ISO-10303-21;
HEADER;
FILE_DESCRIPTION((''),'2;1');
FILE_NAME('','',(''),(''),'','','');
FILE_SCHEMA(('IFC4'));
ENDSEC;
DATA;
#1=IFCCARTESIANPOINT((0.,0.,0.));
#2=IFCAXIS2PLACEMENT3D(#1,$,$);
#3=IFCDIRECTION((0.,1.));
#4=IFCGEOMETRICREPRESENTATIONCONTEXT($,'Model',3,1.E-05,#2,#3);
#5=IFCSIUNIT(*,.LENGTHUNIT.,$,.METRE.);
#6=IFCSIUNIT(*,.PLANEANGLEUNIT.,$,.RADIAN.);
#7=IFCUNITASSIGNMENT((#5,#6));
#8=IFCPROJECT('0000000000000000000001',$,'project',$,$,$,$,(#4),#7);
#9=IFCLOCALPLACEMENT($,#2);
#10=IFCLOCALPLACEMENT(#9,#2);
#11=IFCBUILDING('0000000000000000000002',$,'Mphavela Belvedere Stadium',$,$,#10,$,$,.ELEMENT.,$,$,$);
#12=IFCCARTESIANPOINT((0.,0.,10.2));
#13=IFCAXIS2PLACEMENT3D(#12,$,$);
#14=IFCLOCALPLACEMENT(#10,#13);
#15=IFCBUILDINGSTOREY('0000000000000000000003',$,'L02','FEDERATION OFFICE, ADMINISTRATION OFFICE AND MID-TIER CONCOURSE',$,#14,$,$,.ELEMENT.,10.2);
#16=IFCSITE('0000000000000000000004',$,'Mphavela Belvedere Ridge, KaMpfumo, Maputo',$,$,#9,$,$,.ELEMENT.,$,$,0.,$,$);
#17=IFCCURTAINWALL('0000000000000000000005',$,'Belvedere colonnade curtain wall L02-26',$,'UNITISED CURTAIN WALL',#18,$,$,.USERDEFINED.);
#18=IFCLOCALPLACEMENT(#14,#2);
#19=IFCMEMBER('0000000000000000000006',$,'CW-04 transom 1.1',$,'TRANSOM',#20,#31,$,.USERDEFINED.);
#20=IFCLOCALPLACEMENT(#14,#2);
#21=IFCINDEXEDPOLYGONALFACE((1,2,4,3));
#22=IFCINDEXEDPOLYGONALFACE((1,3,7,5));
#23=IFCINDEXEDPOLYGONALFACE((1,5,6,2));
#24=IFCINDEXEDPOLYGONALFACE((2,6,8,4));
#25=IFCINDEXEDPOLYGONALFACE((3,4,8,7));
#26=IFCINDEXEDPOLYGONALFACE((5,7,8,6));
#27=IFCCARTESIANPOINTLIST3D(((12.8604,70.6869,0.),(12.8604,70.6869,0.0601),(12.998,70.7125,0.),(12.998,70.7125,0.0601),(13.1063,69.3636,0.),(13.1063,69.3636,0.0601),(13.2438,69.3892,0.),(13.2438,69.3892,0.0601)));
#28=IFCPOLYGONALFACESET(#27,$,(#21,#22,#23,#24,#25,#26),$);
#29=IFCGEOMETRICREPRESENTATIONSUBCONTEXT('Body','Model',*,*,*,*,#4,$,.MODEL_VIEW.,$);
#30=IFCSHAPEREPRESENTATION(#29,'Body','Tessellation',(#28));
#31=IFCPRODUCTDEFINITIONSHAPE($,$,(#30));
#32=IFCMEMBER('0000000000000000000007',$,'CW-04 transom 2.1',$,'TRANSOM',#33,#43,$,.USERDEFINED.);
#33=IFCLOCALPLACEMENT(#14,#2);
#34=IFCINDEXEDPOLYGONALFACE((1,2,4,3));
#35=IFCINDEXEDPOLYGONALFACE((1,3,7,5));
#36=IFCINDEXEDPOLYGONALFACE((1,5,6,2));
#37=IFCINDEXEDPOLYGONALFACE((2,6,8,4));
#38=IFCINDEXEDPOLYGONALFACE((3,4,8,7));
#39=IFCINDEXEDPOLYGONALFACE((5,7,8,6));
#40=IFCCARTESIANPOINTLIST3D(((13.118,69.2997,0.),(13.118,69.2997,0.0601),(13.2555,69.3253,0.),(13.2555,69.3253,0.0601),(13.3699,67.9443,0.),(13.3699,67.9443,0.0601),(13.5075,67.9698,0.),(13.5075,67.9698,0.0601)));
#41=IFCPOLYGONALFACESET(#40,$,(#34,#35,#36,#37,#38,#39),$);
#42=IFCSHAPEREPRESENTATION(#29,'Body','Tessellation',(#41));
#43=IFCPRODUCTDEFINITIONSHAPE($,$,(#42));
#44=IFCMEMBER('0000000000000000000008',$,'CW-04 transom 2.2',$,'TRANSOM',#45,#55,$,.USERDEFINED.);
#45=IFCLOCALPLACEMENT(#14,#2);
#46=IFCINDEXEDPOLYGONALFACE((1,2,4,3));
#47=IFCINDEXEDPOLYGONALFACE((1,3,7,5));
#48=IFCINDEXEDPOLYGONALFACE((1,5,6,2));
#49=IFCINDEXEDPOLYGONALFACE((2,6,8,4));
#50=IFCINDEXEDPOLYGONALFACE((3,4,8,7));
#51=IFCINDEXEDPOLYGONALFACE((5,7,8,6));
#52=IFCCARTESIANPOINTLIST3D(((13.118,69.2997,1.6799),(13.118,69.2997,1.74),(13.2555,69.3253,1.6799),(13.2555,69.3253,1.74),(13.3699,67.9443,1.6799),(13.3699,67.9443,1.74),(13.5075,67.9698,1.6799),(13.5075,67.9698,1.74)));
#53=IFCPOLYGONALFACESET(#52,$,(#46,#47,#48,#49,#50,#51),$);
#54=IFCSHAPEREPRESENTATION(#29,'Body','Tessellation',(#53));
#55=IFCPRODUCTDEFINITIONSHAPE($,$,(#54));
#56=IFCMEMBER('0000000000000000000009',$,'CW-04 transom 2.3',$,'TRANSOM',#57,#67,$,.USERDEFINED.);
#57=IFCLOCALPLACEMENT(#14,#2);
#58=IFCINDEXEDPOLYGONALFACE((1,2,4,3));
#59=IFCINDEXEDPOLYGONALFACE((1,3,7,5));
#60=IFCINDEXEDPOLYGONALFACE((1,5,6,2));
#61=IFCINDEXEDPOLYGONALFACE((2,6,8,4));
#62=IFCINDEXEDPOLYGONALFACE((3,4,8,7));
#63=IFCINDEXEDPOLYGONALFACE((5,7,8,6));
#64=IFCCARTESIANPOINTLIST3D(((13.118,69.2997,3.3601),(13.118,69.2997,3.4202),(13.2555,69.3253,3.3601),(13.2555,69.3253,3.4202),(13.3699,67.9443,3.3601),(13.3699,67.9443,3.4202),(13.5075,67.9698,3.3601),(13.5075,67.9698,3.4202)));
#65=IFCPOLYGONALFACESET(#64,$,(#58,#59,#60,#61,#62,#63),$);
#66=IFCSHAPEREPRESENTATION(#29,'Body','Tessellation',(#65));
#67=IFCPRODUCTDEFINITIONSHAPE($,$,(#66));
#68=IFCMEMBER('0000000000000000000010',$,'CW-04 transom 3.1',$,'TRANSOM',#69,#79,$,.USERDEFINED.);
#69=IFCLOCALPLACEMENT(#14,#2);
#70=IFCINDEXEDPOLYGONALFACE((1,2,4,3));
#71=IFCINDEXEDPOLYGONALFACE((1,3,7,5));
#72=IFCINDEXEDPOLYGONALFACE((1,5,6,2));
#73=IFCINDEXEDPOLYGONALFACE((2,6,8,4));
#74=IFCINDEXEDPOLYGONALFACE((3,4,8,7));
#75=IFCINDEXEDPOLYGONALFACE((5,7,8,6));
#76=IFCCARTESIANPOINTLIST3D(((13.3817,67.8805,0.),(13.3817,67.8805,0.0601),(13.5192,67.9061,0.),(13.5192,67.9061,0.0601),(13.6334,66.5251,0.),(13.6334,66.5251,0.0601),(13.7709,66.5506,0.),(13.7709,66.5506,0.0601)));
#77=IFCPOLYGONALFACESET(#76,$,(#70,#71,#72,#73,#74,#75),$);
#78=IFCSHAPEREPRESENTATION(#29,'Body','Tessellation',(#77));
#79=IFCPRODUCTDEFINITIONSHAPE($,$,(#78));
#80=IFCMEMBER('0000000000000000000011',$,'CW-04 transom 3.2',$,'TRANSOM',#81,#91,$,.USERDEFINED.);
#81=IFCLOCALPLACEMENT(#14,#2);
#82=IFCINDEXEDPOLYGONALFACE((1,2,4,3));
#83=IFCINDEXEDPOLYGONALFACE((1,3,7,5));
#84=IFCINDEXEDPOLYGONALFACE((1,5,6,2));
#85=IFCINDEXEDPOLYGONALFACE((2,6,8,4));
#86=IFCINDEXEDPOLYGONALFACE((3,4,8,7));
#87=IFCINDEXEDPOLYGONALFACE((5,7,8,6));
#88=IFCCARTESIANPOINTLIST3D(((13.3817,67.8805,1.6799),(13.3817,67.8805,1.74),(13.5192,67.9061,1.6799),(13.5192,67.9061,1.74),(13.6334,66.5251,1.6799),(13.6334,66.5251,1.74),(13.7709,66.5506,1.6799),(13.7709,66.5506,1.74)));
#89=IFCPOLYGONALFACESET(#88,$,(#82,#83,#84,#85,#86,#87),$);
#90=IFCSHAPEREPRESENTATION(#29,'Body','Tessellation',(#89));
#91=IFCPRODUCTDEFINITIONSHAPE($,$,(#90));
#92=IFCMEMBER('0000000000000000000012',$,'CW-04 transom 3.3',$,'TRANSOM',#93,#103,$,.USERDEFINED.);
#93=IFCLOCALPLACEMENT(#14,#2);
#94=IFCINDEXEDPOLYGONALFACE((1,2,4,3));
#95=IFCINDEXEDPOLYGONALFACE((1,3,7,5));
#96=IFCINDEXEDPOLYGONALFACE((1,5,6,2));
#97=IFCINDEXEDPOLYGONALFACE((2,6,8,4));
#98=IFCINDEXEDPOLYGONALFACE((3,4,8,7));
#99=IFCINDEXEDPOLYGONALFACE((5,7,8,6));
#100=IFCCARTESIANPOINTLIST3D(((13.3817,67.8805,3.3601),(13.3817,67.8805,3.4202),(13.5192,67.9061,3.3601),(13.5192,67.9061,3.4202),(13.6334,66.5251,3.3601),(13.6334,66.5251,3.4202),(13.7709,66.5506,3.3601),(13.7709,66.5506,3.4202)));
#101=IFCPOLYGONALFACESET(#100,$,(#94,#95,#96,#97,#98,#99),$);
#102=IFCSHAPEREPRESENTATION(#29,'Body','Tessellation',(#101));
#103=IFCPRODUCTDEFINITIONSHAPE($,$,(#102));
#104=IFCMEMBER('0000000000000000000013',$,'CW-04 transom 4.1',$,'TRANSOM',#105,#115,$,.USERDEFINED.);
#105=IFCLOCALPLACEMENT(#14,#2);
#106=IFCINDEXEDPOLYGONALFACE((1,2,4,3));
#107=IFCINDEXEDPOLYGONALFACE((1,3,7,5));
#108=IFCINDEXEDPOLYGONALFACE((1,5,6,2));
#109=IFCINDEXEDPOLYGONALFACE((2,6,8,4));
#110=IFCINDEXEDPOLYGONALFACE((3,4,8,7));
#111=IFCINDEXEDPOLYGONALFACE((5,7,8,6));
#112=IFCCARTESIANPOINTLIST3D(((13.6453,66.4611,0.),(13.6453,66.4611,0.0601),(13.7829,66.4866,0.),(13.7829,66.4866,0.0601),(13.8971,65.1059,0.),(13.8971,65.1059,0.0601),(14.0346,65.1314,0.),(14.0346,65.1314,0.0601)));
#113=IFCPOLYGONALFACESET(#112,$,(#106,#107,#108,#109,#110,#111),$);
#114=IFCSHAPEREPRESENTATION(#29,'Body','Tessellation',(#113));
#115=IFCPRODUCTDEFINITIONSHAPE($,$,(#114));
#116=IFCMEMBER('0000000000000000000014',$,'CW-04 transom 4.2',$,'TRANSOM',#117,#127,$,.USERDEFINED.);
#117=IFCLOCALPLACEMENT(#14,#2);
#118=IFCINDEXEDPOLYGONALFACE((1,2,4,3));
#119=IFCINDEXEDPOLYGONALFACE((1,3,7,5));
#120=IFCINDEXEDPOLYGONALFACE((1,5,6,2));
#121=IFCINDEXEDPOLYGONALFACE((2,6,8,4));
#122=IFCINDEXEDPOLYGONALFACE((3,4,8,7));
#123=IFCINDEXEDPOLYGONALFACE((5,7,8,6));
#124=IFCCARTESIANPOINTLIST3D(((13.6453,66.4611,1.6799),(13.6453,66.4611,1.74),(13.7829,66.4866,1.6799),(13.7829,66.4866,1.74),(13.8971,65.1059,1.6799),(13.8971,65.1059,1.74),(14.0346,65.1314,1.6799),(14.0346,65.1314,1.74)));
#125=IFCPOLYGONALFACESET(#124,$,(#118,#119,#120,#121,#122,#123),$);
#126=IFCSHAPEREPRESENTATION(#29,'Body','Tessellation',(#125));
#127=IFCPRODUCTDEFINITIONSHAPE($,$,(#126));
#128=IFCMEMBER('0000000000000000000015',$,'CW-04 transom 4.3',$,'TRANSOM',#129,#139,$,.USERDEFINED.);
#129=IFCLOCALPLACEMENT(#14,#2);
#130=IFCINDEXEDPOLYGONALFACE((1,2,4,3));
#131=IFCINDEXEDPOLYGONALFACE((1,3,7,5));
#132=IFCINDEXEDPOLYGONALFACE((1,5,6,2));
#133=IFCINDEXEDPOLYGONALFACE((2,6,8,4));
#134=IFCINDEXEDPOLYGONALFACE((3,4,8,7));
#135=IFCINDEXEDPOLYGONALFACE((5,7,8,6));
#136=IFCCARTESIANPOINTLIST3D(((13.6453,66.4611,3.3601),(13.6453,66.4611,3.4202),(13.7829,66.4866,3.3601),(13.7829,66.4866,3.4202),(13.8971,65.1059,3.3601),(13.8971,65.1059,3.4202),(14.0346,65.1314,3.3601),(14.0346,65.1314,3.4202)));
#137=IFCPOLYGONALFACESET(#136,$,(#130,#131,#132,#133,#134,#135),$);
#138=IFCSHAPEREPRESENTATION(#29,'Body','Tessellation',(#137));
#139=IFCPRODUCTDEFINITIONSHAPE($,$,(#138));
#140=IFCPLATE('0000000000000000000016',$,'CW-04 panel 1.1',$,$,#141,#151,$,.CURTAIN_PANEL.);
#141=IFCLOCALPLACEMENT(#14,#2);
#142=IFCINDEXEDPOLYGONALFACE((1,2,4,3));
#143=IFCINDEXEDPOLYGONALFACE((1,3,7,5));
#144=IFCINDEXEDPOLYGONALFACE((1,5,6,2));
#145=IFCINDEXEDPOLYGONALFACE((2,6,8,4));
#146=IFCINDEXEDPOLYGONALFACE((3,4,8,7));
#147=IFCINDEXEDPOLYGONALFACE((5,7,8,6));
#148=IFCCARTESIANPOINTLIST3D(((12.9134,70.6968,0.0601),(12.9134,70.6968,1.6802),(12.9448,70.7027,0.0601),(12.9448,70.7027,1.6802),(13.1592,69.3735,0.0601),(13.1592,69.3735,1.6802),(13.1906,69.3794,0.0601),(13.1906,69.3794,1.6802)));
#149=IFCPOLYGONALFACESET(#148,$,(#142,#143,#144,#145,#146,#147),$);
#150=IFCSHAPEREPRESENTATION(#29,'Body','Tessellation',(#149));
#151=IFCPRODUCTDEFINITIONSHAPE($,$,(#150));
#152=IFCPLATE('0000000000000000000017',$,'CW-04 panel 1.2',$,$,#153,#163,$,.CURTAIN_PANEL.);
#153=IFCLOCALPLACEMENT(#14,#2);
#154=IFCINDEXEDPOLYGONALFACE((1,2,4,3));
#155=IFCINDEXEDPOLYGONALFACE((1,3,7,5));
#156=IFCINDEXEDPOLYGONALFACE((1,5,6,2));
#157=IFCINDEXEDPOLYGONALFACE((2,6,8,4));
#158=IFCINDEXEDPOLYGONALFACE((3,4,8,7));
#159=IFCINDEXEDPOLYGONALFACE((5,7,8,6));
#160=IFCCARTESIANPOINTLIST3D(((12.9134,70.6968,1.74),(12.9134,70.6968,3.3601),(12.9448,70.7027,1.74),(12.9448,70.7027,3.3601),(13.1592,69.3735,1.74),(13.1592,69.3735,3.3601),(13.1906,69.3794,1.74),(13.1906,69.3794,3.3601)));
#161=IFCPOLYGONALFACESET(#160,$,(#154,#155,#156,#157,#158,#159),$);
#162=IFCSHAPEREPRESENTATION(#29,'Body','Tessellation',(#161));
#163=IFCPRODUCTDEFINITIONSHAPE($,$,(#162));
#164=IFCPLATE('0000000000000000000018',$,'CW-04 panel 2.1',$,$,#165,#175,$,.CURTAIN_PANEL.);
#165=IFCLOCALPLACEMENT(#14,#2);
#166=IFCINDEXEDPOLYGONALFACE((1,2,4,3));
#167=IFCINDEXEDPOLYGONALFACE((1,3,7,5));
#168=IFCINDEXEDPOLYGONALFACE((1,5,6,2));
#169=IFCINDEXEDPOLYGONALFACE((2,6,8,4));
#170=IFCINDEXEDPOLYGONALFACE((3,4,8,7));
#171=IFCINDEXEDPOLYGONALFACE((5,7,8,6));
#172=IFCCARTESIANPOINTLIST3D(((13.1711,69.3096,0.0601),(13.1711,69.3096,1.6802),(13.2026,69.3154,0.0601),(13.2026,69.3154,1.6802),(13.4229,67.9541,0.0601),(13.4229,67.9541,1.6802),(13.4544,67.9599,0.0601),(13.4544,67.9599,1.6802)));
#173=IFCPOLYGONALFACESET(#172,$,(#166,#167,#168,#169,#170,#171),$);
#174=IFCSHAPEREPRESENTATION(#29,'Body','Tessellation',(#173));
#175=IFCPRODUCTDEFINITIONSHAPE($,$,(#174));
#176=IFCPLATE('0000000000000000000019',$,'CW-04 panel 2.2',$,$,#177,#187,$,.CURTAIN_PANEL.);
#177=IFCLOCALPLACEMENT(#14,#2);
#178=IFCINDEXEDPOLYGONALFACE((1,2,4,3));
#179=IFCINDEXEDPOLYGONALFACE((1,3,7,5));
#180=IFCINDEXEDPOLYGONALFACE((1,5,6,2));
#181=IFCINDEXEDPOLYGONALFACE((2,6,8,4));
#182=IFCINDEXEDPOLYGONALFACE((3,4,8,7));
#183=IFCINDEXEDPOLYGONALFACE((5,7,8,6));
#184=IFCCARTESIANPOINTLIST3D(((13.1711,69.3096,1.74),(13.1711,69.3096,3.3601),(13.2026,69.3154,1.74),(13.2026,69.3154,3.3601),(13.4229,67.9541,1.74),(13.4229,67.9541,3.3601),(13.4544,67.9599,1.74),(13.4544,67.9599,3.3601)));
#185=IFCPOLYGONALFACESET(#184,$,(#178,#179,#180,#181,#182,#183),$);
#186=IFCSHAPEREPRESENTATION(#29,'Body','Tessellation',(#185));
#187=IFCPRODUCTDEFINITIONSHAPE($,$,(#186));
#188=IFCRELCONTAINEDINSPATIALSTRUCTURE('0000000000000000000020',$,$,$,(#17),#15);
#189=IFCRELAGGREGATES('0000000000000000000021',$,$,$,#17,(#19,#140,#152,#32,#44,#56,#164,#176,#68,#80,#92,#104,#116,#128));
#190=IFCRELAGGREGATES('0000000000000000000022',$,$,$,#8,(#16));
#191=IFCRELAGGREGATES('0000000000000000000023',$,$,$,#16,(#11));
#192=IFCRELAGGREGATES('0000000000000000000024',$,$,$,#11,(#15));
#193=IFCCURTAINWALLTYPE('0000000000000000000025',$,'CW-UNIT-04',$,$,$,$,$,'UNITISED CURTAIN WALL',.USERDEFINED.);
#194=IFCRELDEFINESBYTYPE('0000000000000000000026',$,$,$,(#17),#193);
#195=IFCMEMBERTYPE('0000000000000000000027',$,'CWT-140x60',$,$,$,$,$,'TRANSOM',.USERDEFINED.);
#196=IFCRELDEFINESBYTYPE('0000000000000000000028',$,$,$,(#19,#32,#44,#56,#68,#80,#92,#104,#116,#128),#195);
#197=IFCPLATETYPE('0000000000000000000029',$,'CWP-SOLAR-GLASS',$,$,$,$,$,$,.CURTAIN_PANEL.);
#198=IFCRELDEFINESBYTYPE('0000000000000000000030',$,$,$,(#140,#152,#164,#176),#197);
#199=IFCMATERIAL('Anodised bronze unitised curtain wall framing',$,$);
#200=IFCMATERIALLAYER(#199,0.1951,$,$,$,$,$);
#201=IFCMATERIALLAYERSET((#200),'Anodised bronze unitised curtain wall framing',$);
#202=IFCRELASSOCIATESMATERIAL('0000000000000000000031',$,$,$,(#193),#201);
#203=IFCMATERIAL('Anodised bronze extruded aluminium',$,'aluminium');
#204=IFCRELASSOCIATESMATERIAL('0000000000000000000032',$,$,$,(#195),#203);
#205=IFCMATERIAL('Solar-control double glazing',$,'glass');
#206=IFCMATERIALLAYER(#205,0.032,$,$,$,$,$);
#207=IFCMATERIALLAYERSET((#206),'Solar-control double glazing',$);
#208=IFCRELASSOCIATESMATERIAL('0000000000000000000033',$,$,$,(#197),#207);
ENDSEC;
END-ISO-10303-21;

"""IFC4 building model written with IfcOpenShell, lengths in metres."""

from ifc_helpers import new_model, si_unit, direction, frame, origin, origin_2d, place, context, subcontext, project, spatial, rectangle, extrude, material, layer, layer_set, material_profile, profile_set, type_object, element, aggregate, save


model = new_model("IFC4")

# Units and contexts
model_context = context("Model", 3, precision=1e-05, world=origin(), true_north=direction((0.0, 1.0)))
body_context = subcontext(model_context, "Body", "Model", "MODEL_VIEW")
ifc_project = project(units=[si_unit("LENGTHUNIT", "METRE"), si_unit("PLANEANGLEUNIT", "RADIAN")], contexts=[model_context])

# Site, building, storey
site_placement = place(None, origin())
site = spatial("IfcSite", under=ifc_project, at=site_placement, Name="Mphavela Belvedere Ridge, KaMpfumo, Maputo", CompositionType="ELEMENT", RefElevation=0.0)
building_placement = place(site_placement, origin())
building = spatial("IfcBuilding", under=site, at=building_placement, Name="Mphavela Belvedere Stadium", CompositionType="ELEMENT")
storey_placement = place(building_placement, frame((0.0, 0.0, 10.2)))
storey = spatial("IfcBuildingStorey", under=building, at=storey_placement, Name="L02", Description="FEDERATION OFFICE, ADMINISTRATION OFFICE AND MID-TIER CONCOURSE", CompositionType="ELEMENT", Elevation=10.2)

# Curtain wall, members, plates
ifc_material_1 = material(Name="Anodised bronze unitised curtain wall framing")
ifc_layer_1 = layer(ifc_material_1, 0.1951)
ifc_layer_set_1 = layer_set([ifc_layer_1], Name="Anodised bronze unitised curtain wall framing")
curtain_wall_type = type_object("IfcCurtainWallType", Name="CW-UNIT-04", ElementType="UNITISED CURTAIN WALL", PredefinedType="USERDEFINED", material=ifc_layer_set_1)
curtain_wall_placement = place(storey_placement, origin())
curtain_wall = element("IfcCurtainWall", 1, at=curtain_wall_placement, inside=storey, type_object=curtain_wall_type, Name="Belvedere colonnade curtain wall L02-26", ObjectType="UNITISED CURTAIN WALL", PredefinedType="USERDEFINED")
ifc_material_2 = material(Name="Anodised bronze extruded aluminium", Category="aluminium")
ifc_material_profile_1 = material_profile(ifc_material_2, rectangle(XDim=0.1399, YDim=0.0601, at=origin_2d()), Name="CW-TRN 140x60")
ifc_profile_set_1 = profile_set([ifc_material_profile_1], Name="Anodised bronze extruded aluminium")
member_type_1 = type_object("IfcMemberType", Name="CWT-140x60", ElementType="TRANSOM", PredefinedType="USERDEFINED", material=ifc_profile_set_1)
member_1_placement = place(storey_placement, frame((12.9292, 70.6997, 0.03), z_axis=(0.182667, -0.983175, 0.0), x_axis=(0.983175, 0.182667, 0.0)))
member_1 = element("IfcMember", 2, at=member_1_placement, type_object=member_type_1, Name="CW-04 transom 1.1", ObjectType="TRANSOM", PredefinedType="USERDEFINED", context=body_context, shape_type="SweptSolid", body=[
    extrude(rectangle(XDim=0.1399, YDim=0.0601, at=origin_2d()), origin(), (0.0, 0.0, 1.0), 1.3459),
])
member_2_placement = place(storey_placement, frame((13.1868, 69.3125, 0.03), z_axis=(0.182749, -0.98316, 0.0), x_axis=(0.98316, 0.182749, 0.0)))
member_2 = element("IfcMember", 3, at=member_2_placement, type_object=member_type_1, Name="CW-04 transom 2.1", ObjectType="TRANSOM", PredefinedType="USERDEFINED", context=body_context, shape_type="SweptSolid", body=[
    extrude(rectangle(XDim=0.1399, YDim=0.0601, at=origin_2d()), origin(), (0.0, 0.0, 1.0), 1.3787),
])
member_3_placement = place(storey_placement, frame((13.1868, 69.3125, 1.71), z_axis=(0.182749, -0.98316, 0.0), x_axis=(0.98316, 0.182749, 0.0)))
member_3 = element("IfcMember", 4, at=member_3_placement, type_object=member_type_1, Name="CW-04 transom 2.2", ObjectType="TRANSOM", PredefinedType="USERDEFINED", context=body_context, shape_type="SweptSolid", body=[
    extrude(rectangle(XDim=0.1399, YDim=0.0601, at=origin_2d()), origin(), (0.0, 0.0, 1.0), 1.3787),
])
member_4_placement = place(storey_placement, frame((13.1868, 69.3125, 3.3901), z_axis=(0.182749, -0.98316, 0.0), x_axis=(0.98316, 0.182749, 0.0)))
member_4 = element("IfcMember", 5, at=member_4_placement, type_object=member_type_1, Name="CW-04 transom 2.3", ObjectType="TRANSOM", PredefinedType="USERDEFINED", context=body_context, shape_type="SweptSolid", body=[
    extrude(rectangle(XDim=0.1399, YDim=0.0601, at=origin_2d()), origin(), (0.0, 0.0, 1.0), 1.3787),
])
member_5_placement = place(storey_placement, frame((13.4504, 67.8933, 0.03), z_axis=(0.182578, -0.983191, 0.0), x_axis=(0.983191, 0.182578, 0.0)))
member_5 = element("IfcMember", 6, at=member_5_placement, type_object=member_type_1, Name="CW-04 transom 3.1", ObjectType="TRANSOM", PredefinedType="USERDEFINED", context=body_context, shape_type="SweptSolid", body=[
    extrude(rectangle(XDim=0.1399, YDim=0.0601, at=origin_2d()), origin(), (0.0, 0.0, 1.0), 1.3787),
])
member_6_placement = place(storey_placement, frame((13.4504, 67.8933, 1.71), z_axis=(0.182578, -0.983191, 0.0), x_axis=(0.983191, 0.182578, 0.0)))
member_6 = element("IfcMember", 7, at=member_6_placement, type_object=member_type_1, Name="CW-04 transom 3.2", ObjectType="TRANSOM", PredefinedType="USERDEFINED", context=body_context, shape_type="SweptSolid", body=[
    extrude(rectangle(XDim=0.1399, YDim=0.0601, at=origin_2d()), origin(), (0.0, 0.0, 1.0), 1.3787),
])
member_7_placement = place(storey_placement, frame((13.4504, 67.8933, 3.3901), z_axis=(0.182578, -0.983191, 0.0), x_axis=(0.983191, 0.182578, 0.0)))
member_7 = element("IfcMember", 8, at=member_7_placement, type_object=member_type_1, Name="CW-04 transom 3.3", ObjectType="TRANSOM", PredefinedType="USERDEFINED", context=body_context, shape_type="SweptSolid", body=[
    extrude(rectangle(XDim=0.1399, YDim=0.0601, at=origin_2d()), origin(), (0.0, 0.0, 1.0), 1.3787),
])
member_8_placement = place(storey_placement, frame((13.7141, 66.4739, 0.03), z_axis=(0.182609, -0.983186, 0.0), x_axis=(0.983186, 0.182609, 0.0)))
member_8 = element("IfcMember", 9, at=member_8_placement, type_object=member_type_1, Name="CW-04 transom 4.1", ObjectType="TRANSOM", PredefinedType="USERDEFINED", context=body_context, shape_type="SweptSolid", body=[
    extrude(rectangle(XDim=0.1399, YDim=0.0601, at=origin_2d()), origin(), (0.0, 0.0, 1.0), 1.3784),
])
member_9_placement = place(storey_placement, frame((13.7141, 66.4739, 1.71), z_axis=(0.182609, -0.983186, 0.0), x_axis=(0.983186, 0.182609, 0.0)))
member_9 = element("IfcMember", 10, at=member_9_placement, type_object=member_type_1, Name="CW-04 transom 4.2", ObjectType="TRANSOM", PredefinedType="USERDEFINED", context=body_context, shape_type="SweptSolid", body=[
    extrude(rectangle(XDim=0.1399, YDim=0.0601, at=origin_2d()), origin(), (0.0, 0.0, 1.0), 1.3784),
])
member_10_placement = place(storey_placement, frame((13.7141, 66.4739, 3.3901), z_axis=(0.182609, -0.983186, 0.0), x_axis=(0.983186, 0.182609, 0.0)))
member_10 = element("IfcMember", 11, at=member_10_placement, type_object=member_type_1, Name="CW-04 transom 4.3", ObjectType="TRANSOM", PredefinedType="USERDEFINED", context=body_context, shape_type="SweptSolid", body=[
    extrude(rectangle(XDim=0.1399, YDim=0.0601, at=origin_2d()), origin(), (0.0, 0.0, 1.0), 1.3784),
])
ifc_material_3 = material(Name="Solar-control double glazing", Category="glass")
ifc_layer_2 = layer(ifc_material_3, 0.032)
ifc_layer_set_2 = layer_set([ifc_layer_2], Name="Solar-control double glazing")
plate_type = type_object("IfcPlateType", Name="CWP-SOLAR-GLASS", PredefinedType="CURTAIN_PANEL", material=ifc_layer_set_2)
plate_1_placement = place(storey_placement, frame((13.052, 70.0381, 0.0601), z_axis=(0.0, 0.0, 1.0), x_axis=(0.182625, -0.983183, 0.0)))
plate_1 = element("IfcPlate", 12, at=plate_1_placement, type_object=plate_type, Name="CW-04 panel 1.1", PredefinedType="CURTAIN_PANEL", context=body_context, shape_type="SweptSolid", body=[
    extrude(rectangle(XDim=1.3459, YDim=0.032, at=origin_2d()), origin(), (0.0, 0.0, 1.0), 1.6201),
])
plate_2_placement = place(storey_placement, frame((13.052, 70.0381, 1.74), z_axis=(0.0, 0.0, 1.0), x_axis=(0.182625, -0.983183, 0.0)))
plate_2 = element("IfcPlate", 13, at=plate_2_placement, type_object=plate_type, Name="CW-04 panel 1.2", PredefinedType="CURTAIN_PANEL", context=body_context, shape_type="SweptSolid", body=[
    extrude(rectangle(XDim=1.3459, YDim=0.032, at=origin_2d()), origin(), (0.0, 0.0, 1.0), 1.6201),
])
plate_3_placement = place(storey_placement, frame((13.3127, 68.6348, 0.0601), z_axis=(0.0, 0.0, 1.0), x_axis=(0.182625, -0.983183, 0.0)))
plate_3 = element("IfcPlate", 14, at=plate_3_placement, type_object=plate_type, Name="CW-04 panel 2.1", PredefinedType="CURTAIN_PANEL", context=body_context, shape_type="SweptSolid", body=[
    extrude(rectangle(XDim=1.3787, YDim=0.032, at=origin_2d()), origin(), (0.0, 0.0, 1.0), 1.6201),
])
plate_4_placement = place(storey_placement, frame((13.3127, 68.6348, 1.74), z_axis=(0.0, 0.0, 1.0), x_axis=(0.182625, -0.983183, 0.0)))
plate_4 = element("IfcPlate", 15, at=plate_4_placement, type_object=plate_type, Name="CW-04 panel 2.2", PredefinedType="CURTAIN_PANEL", context=body_context, shape_type="SweptSolid", body=[
    extrude(rectangle(XDim=1.3787, YDim=0.032, at=origin_2d()), origin(), (0.0, 0.0, 1.0), 1.6201),
])
aggregate(curtain_wall, [member_1, plate_1, plate_2, member_2, member_3, member_4, plate_3, plate_4, member_5, member_6, member_7, member_8, member_9, member_10])

save(model, "model.ifc")
